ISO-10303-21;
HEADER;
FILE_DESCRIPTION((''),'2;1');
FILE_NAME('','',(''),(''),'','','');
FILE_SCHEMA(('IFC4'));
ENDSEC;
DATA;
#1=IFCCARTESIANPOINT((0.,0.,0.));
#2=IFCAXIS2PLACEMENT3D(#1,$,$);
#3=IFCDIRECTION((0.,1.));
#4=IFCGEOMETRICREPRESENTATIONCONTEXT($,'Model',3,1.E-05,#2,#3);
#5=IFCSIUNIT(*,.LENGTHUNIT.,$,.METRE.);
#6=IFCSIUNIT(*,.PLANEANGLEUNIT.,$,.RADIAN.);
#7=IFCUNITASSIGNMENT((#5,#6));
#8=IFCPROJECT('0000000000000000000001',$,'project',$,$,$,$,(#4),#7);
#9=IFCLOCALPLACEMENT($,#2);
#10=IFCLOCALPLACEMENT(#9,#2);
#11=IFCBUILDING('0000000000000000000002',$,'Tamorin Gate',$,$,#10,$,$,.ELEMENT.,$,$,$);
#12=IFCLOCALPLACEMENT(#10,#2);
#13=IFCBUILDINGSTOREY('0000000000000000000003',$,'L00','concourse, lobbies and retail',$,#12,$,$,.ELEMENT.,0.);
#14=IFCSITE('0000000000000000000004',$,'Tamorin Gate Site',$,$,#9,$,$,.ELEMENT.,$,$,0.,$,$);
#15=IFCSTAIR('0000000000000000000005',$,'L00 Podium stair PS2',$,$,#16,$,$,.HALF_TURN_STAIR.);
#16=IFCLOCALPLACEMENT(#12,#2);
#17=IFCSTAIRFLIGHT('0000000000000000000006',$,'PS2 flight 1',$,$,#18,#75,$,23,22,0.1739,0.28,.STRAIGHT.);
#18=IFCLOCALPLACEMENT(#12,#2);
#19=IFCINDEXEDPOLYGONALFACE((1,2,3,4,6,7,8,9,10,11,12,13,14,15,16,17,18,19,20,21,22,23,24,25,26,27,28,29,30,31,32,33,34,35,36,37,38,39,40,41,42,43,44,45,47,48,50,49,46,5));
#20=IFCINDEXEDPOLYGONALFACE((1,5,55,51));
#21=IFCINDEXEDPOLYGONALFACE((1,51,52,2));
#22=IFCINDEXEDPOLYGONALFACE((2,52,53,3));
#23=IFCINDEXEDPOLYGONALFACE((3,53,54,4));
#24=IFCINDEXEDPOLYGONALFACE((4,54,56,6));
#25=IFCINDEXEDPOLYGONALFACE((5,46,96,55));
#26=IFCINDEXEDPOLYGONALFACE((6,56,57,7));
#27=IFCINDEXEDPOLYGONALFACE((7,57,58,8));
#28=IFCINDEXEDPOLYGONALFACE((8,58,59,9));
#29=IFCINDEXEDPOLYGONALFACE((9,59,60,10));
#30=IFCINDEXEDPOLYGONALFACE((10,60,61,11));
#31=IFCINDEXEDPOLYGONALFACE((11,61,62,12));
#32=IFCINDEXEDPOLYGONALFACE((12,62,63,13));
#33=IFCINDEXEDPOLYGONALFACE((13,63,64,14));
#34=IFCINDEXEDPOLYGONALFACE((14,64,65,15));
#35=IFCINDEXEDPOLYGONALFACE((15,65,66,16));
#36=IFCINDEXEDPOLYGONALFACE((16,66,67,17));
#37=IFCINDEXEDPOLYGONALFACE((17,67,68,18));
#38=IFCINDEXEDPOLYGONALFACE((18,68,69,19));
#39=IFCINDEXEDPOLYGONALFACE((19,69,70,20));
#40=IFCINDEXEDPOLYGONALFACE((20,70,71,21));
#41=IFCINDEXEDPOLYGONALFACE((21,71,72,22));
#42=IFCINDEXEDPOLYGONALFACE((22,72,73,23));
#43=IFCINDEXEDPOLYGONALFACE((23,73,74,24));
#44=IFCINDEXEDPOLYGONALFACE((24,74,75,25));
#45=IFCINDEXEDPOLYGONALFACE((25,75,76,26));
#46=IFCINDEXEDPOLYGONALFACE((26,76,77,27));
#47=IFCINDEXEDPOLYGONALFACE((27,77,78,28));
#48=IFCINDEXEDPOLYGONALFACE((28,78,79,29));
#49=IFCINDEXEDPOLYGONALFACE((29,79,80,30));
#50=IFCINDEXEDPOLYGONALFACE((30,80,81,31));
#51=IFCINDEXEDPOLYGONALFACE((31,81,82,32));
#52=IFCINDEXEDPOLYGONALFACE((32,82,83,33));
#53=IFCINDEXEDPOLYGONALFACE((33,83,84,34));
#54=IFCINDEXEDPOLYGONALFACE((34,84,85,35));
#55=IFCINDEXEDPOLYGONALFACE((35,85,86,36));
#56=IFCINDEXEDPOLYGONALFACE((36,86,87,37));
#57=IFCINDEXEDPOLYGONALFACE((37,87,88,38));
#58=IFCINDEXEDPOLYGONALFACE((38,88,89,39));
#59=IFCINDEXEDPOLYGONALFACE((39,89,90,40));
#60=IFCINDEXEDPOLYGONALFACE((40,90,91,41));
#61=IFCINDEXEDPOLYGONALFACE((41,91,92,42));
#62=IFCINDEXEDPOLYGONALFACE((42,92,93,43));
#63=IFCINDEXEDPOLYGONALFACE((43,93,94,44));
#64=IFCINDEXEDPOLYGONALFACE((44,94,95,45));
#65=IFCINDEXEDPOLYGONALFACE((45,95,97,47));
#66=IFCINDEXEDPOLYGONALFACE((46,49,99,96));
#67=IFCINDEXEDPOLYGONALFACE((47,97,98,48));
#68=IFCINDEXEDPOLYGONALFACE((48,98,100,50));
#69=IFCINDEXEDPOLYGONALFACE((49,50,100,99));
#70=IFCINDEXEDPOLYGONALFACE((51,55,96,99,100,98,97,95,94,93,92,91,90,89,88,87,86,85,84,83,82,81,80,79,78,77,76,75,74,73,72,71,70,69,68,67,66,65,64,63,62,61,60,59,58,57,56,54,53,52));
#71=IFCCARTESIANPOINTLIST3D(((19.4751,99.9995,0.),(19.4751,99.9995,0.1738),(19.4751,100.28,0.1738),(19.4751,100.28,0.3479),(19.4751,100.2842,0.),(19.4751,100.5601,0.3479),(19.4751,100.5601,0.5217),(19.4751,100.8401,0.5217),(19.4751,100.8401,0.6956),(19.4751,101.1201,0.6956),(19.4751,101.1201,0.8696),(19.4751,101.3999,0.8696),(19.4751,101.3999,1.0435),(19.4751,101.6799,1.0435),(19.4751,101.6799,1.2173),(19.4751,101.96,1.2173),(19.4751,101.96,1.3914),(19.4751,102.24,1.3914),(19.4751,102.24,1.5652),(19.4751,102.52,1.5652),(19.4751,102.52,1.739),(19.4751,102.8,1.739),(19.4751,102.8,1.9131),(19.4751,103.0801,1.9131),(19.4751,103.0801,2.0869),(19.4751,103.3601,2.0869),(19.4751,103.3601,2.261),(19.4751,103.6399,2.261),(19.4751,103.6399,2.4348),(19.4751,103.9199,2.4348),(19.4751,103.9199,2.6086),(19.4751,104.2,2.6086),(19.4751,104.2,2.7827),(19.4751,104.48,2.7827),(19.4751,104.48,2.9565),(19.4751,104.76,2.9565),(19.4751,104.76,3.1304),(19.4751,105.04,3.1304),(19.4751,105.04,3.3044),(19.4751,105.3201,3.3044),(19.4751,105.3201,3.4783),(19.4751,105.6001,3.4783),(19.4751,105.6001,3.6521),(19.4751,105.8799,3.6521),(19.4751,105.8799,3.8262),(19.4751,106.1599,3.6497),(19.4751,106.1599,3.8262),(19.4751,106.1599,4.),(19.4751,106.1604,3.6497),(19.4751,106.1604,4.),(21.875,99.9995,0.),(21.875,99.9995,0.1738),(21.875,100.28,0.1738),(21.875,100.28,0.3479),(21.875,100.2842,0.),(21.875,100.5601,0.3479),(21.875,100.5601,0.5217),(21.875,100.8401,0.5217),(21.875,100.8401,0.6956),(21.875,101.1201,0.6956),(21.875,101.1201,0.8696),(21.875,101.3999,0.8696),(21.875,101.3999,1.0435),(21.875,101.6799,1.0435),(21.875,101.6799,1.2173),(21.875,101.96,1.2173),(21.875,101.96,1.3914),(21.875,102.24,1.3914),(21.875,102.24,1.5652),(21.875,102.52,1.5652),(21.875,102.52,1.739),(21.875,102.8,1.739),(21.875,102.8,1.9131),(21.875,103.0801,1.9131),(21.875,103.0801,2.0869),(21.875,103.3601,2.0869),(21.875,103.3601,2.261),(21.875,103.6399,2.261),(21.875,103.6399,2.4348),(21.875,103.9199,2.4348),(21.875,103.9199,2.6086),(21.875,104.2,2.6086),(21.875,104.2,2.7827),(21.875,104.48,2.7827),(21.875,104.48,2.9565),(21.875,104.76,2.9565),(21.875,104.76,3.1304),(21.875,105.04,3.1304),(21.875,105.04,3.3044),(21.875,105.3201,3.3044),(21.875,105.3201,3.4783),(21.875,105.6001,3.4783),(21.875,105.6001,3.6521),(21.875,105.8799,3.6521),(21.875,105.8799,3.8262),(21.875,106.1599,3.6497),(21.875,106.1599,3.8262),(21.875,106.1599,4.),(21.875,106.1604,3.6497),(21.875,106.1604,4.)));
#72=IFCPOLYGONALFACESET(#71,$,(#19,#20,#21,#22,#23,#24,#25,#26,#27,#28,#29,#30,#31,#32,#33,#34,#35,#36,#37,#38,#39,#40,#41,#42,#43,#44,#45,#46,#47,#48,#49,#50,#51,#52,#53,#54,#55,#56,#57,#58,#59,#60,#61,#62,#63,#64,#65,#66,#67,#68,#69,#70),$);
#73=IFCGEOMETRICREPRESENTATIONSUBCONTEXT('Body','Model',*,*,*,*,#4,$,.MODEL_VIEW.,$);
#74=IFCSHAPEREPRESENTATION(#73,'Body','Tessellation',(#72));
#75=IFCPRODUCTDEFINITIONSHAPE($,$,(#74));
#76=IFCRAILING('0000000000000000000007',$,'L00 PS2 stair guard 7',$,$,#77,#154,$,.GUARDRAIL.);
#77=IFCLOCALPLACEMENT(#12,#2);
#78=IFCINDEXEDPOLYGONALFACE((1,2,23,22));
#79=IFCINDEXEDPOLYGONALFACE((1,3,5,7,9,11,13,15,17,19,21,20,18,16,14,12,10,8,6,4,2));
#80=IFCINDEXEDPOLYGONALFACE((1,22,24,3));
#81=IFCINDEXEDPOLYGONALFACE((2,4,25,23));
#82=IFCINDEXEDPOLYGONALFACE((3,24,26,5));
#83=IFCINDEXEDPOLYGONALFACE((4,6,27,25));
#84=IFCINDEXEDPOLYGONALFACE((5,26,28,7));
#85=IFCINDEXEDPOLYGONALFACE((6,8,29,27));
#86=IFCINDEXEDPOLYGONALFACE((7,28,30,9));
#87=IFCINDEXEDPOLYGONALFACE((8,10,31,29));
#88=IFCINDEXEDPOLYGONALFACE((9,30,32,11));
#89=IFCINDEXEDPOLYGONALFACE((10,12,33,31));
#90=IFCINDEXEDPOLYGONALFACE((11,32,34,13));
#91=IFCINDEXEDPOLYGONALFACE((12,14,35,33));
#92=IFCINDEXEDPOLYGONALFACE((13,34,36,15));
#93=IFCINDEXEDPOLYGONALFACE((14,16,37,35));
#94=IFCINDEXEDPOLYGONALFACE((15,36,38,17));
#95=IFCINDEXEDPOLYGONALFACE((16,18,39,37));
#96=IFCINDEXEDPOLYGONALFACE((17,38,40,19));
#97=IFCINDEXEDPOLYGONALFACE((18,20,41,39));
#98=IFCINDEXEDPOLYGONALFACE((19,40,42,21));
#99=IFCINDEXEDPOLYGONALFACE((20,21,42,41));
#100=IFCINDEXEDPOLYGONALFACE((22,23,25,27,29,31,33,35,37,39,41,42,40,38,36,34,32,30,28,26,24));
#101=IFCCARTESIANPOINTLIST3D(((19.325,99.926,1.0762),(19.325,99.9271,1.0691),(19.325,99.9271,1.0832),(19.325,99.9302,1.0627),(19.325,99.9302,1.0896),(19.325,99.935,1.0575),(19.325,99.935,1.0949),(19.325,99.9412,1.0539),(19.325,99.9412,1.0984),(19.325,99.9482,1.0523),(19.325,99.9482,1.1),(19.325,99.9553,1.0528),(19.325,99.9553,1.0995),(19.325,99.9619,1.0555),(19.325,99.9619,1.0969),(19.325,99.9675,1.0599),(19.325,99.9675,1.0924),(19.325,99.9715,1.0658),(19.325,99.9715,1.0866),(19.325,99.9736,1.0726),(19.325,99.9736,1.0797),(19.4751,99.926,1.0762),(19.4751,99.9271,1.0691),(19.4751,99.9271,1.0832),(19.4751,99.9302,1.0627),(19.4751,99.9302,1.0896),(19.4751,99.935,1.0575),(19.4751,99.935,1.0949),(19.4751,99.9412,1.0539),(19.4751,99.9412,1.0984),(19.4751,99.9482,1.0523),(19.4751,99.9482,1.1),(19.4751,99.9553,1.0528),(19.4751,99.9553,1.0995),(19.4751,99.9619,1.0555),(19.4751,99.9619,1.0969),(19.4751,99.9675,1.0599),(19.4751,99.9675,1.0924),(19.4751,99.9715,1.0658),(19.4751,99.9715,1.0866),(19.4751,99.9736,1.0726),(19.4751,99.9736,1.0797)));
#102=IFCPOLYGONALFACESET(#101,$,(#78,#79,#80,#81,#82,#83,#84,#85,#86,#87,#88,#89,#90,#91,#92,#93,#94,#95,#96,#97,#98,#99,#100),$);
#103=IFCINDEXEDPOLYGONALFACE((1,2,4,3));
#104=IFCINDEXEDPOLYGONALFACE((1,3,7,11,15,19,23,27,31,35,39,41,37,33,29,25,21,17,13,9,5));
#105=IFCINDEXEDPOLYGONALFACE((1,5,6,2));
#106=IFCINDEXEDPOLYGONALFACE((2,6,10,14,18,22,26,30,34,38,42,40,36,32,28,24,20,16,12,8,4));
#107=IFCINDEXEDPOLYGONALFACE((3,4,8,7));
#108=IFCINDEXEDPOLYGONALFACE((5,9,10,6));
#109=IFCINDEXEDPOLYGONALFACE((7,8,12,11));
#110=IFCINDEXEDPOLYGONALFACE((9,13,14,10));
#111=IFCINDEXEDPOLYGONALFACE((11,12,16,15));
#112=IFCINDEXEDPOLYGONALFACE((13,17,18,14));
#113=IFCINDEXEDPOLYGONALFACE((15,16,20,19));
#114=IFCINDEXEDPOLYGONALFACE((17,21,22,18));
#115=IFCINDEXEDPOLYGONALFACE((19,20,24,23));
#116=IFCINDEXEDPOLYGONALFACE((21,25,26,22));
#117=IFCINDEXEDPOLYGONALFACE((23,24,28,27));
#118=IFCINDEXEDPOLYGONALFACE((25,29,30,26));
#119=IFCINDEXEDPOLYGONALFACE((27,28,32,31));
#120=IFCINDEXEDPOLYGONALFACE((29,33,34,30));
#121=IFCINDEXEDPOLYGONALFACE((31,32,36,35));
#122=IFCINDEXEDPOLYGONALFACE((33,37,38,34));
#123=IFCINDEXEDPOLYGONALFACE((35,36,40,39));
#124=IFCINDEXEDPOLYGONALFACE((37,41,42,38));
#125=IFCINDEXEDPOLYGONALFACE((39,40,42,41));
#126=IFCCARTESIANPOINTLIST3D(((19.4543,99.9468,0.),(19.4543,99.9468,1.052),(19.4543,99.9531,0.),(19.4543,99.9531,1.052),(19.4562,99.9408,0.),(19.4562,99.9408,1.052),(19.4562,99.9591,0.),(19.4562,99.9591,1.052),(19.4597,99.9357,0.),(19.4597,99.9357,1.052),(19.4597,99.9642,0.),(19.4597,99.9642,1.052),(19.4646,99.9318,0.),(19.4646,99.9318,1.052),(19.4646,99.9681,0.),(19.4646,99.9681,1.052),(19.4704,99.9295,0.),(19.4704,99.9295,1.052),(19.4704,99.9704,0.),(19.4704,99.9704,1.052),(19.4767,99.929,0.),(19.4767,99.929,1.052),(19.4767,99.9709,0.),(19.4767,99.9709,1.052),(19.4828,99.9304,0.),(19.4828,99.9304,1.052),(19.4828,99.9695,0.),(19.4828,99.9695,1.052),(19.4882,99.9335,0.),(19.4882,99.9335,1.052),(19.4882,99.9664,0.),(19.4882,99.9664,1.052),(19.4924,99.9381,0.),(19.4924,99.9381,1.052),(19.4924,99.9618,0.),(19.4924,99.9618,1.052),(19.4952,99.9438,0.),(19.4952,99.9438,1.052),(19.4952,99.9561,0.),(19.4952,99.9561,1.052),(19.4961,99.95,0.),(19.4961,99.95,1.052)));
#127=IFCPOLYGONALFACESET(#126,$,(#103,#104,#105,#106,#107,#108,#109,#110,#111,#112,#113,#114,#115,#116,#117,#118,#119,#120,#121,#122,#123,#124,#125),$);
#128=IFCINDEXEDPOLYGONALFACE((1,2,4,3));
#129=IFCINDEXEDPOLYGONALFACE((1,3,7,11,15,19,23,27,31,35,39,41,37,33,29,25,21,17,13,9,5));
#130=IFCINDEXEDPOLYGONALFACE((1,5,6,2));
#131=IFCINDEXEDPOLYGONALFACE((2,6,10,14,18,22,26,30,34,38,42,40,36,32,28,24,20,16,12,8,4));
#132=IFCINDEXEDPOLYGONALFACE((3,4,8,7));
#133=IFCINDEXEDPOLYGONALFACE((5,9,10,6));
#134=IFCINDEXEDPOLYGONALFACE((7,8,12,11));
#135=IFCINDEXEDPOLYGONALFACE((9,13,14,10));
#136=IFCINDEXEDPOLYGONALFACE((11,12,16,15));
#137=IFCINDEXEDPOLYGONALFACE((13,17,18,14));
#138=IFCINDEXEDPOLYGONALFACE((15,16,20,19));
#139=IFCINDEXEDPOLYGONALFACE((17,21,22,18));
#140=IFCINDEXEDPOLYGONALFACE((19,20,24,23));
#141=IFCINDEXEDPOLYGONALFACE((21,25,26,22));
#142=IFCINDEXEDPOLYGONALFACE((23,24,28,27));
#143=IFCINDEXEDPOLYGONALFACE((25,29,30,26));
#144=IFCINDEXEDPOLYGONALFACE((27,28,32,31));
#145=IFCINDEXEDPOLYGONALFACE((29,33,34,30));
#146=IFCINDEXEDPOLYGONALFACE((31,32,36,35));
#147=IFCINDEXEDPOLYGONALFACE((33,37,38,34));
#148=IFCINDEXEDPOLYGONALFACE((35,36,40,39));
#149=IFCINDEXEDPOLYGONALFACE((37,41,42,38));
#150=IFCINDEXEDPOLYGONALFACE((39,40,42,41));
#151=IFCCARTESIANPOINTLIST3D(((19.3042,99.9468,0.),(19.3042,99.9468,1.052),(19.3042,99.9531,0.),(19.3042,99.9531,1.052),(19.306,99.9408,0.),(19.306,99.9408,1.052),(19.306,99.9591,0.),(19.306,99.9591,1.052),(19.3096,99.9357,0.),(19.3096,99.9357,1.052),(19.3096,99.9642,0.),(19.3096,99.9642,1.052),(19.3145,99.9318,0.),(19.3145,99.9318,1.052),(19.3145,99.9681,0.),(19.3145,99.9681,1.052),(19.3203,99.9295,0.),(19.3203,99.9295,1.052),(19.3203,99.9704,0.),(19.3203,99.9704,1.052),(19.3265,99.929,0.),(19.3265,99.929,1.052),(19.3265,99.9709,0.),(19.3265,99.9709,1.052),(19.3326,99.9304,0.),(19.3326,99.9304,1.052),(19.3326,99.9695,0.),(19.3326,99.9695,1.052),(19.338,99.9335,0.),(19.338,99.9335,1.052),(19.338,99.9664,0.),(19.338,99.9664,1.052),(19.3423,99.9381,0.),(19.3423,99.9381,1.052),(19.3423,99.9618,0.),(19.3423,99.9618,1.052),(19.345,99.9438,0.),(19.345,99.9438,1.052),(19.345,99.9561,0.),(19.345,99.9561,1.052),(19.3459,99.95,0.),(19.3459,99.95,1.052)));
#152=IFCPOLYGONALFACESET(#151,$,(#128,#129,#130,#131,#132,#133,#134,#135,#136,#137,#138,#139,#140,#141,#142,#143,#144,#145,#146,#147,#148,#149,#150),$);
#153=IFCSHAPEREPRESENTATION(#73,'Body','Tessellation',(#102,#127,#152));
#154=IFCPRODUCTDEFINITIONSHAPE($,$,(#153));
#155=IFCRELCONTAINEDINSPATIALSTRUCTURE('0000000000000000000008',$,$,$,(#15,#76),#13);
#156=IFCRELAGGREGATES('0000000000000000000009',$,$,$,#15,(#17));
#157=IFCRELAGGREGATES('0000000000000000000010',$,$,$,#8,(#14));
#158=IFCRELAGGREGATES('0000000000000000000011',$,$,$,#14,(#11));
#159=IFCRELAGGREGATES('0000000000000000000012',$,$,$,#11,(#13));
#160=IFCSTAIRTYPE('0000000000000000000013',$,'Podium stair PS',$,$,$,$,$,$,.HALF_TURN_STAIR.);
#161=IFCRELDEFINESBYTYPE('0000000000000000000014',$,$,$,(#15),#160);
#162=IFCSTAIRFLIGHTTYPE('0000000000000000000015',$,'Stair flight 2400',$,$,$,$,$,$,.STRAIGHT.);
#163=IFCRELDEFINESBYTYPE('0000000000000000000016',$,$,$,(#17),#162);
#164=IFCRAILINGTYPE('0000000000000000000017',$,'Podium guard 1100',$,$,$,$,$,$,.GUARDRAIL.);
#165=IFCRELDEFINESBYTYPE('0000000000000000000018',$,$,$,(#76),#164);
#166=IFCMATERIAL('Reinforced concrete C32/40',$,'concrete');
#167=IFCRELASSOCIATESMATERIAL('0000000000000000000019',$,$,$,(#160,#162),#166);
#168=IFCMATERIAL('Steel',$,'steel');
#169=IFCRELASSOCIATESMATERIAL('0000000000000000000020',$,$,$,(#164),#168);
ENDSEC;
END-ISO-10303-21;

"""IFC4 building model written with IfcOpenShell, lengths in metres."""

from ifc_helpers import new_model, si_unit, direction, frame, origin, origin_2d, place, context, subcontext, project, spatial, polyline, circle, outline, extrude, material, type_object, element, aggregate, save


model = new_model("IFC4")

# Units and contexts
model_context = context("Model", 3, precision=1e-05, world=origin(), true_north=direction((0.0, 1.0)))
body_context = subcontext(model_context, "Body", "Model", "MODEL_VIEW")
ifc_project = project(units=[si_unit("LENGTHUNIT", "METRE"), si_unit("PLANEANGLEUNIT", "RADIAN")], contexts=[model_context])

# Site, building, storey
site_placement = place(None, origin())
site = spatial("IfcSite", under=ifc_project, at=site_placement, Name="Tamorin Gate Site", CompositionType="ELEMENT", RefElevation=0.0)
building_placement = place(site_placement, origin())
building = spatial("IfcBuilding", under=site, at=building_placement, Name="Tamorin Gate", CompositionType="ELEMENT")
storey_placement = place(building_placement, origin())
storey = spatial("IfcBuildingStorey", under=building, at=storey_placement, Name="L00", Description="concourse, lobbies and retail", CompositionType="ELEMENT", Elevation=0.0)

# Stair, stair flight
ifc_material_1 = material(Name="Reinforced concrete C32/40", Category="concrete")
stair_type = type_object("IfcStairType", Name="Podium stair PS", PredefinedType="HALF_TURN_STAIR", material=ifc_material_1)
stair_placement = place(storey_placement, origin())
stair = element("IfcStair", 1, at=stair_placement, inside=storey, type_object=stair_type, Name="L00 Podium stair PS2", PredefinedType="HALF_TURN_STAIR")
stair_flight_type = type_object("IfcStairFlightType", Name="Stair flight 2400", PredefinedType="STRAIGHT", material=ifc_material_1)
stair_flight_placement = place(storey_placement, frame((20.675, 100.0, 0.0), z_axis=(0.0, 0.0, 1.0), x_axis=(0.0, 1.0, 0.0)))
stair_flight = element("IfcStairFlight", 2, at=stair_flight_placement, type_object=stair_flight_type, Name="PS2 flight 1", NumberOfRisers=23, NumberOfTreads=22, PredefinedType="STRAIGHT", RiserHeight=0.1739, TreadLength=0.28, context=body_context, shape_type="SweptSolid", body=[
    extrude(outline(polyline([(-0.0005, 0.0), (-0.0005, 0.1738), (0.28, 0.1738), (0.28, 0.3479), (0.5601, 0.3479), (0.5601, 0.5217), (0.8401, 0.5217), (0.8401, 0.6956), (1.1201, 0.6956), (1.1201, 0.8696), (1.3999, 0.8696), (1.3999, 1.0435), (1.6799, 1.0435), (1.6799, 1.2173), (1.96, 1.2173), (1.96, 1.3914), (2.24, 1.3914), (2.24, 1.5652), (2.52, 1.5652), (2.52, 1.739), (2.8, 1.739), (2.8, 1.9131), (3.0801, 1.9131), (3.0801, 2.0869), (3.3601, 2.0869), (3.3601, 2.261), (3.6399, 2.261), (3.6399, 2.4348), (3.9199, 2.4348), (3.9199, 2.6086), (4.2, 2.6086), (4.2, 2.7827), (4.48, 2.7827), (4.48, 2.9565), (4.76, 2.9565), (4.76, 3.1304), (5.04, 3.1304), (5.04, 3.3044), (5.3201, 3.3044), (5.3201, 3.4783), (5.6001, 3.4783), (5.6001, 3.6521), (5.8799, 3.6521), (5.8799, 3.8262), (6.1599, 3.8262), (6.1599, 4.0), (6.1604, 4.0), (6.1604, 3.6497), (6.1599, 3.6497), (0.2842, 0.0), (-0.0005, 0.0)])), frame((0.0, 1.2, 0.0), z_axis=(0.0, -1.0, 0.0), x_axis=(1.0, 0.0, 0.0)), (0.0, 0.0, 1.0), 2.3999),
])
aggregate(stair, [stair_flight])

# Railing
ifc_material_2 = material(Name="Steel", Category="steel")
railing_type = type_object("IfcRailingType", Name="Podium guard 1100", PredefinedType="GUARDRAIL", material=ifc_material_2)
railing_1_placement = place(storey_placement, frame((19.4751, 99.95, 0.0)))
element("IfcRailing", 3, at=railing_1_placement, inside=storey, type_object=railing_type, Name="L00 PS2 stair guard 7", PredefinedType="GUARDRAIL", context=body_context, shape_type="SweptSolid", body=[
    extrude(circle(Radius=0.0239, at=origin_2d()), frame((0.0, 0.0, 1.0762), z_axis=(-1.0, 0.0, 0.0), x_axis=(0.0, -1.0, 0.0)), (0.0, 0.0, 1.0), 0.1501),
    extrude(circle(Radius=0.021, at=origin_2d()), origin(), (0.0, 0.0, 1.0), 1.052),
    extrude(circle(Radius=0.021, at=origin_2d()), frame((-0.1501, 0.0, 0.0)), (0.0, 0.0, 1.0), 1.052),
])

save(model, "model.ifc")
